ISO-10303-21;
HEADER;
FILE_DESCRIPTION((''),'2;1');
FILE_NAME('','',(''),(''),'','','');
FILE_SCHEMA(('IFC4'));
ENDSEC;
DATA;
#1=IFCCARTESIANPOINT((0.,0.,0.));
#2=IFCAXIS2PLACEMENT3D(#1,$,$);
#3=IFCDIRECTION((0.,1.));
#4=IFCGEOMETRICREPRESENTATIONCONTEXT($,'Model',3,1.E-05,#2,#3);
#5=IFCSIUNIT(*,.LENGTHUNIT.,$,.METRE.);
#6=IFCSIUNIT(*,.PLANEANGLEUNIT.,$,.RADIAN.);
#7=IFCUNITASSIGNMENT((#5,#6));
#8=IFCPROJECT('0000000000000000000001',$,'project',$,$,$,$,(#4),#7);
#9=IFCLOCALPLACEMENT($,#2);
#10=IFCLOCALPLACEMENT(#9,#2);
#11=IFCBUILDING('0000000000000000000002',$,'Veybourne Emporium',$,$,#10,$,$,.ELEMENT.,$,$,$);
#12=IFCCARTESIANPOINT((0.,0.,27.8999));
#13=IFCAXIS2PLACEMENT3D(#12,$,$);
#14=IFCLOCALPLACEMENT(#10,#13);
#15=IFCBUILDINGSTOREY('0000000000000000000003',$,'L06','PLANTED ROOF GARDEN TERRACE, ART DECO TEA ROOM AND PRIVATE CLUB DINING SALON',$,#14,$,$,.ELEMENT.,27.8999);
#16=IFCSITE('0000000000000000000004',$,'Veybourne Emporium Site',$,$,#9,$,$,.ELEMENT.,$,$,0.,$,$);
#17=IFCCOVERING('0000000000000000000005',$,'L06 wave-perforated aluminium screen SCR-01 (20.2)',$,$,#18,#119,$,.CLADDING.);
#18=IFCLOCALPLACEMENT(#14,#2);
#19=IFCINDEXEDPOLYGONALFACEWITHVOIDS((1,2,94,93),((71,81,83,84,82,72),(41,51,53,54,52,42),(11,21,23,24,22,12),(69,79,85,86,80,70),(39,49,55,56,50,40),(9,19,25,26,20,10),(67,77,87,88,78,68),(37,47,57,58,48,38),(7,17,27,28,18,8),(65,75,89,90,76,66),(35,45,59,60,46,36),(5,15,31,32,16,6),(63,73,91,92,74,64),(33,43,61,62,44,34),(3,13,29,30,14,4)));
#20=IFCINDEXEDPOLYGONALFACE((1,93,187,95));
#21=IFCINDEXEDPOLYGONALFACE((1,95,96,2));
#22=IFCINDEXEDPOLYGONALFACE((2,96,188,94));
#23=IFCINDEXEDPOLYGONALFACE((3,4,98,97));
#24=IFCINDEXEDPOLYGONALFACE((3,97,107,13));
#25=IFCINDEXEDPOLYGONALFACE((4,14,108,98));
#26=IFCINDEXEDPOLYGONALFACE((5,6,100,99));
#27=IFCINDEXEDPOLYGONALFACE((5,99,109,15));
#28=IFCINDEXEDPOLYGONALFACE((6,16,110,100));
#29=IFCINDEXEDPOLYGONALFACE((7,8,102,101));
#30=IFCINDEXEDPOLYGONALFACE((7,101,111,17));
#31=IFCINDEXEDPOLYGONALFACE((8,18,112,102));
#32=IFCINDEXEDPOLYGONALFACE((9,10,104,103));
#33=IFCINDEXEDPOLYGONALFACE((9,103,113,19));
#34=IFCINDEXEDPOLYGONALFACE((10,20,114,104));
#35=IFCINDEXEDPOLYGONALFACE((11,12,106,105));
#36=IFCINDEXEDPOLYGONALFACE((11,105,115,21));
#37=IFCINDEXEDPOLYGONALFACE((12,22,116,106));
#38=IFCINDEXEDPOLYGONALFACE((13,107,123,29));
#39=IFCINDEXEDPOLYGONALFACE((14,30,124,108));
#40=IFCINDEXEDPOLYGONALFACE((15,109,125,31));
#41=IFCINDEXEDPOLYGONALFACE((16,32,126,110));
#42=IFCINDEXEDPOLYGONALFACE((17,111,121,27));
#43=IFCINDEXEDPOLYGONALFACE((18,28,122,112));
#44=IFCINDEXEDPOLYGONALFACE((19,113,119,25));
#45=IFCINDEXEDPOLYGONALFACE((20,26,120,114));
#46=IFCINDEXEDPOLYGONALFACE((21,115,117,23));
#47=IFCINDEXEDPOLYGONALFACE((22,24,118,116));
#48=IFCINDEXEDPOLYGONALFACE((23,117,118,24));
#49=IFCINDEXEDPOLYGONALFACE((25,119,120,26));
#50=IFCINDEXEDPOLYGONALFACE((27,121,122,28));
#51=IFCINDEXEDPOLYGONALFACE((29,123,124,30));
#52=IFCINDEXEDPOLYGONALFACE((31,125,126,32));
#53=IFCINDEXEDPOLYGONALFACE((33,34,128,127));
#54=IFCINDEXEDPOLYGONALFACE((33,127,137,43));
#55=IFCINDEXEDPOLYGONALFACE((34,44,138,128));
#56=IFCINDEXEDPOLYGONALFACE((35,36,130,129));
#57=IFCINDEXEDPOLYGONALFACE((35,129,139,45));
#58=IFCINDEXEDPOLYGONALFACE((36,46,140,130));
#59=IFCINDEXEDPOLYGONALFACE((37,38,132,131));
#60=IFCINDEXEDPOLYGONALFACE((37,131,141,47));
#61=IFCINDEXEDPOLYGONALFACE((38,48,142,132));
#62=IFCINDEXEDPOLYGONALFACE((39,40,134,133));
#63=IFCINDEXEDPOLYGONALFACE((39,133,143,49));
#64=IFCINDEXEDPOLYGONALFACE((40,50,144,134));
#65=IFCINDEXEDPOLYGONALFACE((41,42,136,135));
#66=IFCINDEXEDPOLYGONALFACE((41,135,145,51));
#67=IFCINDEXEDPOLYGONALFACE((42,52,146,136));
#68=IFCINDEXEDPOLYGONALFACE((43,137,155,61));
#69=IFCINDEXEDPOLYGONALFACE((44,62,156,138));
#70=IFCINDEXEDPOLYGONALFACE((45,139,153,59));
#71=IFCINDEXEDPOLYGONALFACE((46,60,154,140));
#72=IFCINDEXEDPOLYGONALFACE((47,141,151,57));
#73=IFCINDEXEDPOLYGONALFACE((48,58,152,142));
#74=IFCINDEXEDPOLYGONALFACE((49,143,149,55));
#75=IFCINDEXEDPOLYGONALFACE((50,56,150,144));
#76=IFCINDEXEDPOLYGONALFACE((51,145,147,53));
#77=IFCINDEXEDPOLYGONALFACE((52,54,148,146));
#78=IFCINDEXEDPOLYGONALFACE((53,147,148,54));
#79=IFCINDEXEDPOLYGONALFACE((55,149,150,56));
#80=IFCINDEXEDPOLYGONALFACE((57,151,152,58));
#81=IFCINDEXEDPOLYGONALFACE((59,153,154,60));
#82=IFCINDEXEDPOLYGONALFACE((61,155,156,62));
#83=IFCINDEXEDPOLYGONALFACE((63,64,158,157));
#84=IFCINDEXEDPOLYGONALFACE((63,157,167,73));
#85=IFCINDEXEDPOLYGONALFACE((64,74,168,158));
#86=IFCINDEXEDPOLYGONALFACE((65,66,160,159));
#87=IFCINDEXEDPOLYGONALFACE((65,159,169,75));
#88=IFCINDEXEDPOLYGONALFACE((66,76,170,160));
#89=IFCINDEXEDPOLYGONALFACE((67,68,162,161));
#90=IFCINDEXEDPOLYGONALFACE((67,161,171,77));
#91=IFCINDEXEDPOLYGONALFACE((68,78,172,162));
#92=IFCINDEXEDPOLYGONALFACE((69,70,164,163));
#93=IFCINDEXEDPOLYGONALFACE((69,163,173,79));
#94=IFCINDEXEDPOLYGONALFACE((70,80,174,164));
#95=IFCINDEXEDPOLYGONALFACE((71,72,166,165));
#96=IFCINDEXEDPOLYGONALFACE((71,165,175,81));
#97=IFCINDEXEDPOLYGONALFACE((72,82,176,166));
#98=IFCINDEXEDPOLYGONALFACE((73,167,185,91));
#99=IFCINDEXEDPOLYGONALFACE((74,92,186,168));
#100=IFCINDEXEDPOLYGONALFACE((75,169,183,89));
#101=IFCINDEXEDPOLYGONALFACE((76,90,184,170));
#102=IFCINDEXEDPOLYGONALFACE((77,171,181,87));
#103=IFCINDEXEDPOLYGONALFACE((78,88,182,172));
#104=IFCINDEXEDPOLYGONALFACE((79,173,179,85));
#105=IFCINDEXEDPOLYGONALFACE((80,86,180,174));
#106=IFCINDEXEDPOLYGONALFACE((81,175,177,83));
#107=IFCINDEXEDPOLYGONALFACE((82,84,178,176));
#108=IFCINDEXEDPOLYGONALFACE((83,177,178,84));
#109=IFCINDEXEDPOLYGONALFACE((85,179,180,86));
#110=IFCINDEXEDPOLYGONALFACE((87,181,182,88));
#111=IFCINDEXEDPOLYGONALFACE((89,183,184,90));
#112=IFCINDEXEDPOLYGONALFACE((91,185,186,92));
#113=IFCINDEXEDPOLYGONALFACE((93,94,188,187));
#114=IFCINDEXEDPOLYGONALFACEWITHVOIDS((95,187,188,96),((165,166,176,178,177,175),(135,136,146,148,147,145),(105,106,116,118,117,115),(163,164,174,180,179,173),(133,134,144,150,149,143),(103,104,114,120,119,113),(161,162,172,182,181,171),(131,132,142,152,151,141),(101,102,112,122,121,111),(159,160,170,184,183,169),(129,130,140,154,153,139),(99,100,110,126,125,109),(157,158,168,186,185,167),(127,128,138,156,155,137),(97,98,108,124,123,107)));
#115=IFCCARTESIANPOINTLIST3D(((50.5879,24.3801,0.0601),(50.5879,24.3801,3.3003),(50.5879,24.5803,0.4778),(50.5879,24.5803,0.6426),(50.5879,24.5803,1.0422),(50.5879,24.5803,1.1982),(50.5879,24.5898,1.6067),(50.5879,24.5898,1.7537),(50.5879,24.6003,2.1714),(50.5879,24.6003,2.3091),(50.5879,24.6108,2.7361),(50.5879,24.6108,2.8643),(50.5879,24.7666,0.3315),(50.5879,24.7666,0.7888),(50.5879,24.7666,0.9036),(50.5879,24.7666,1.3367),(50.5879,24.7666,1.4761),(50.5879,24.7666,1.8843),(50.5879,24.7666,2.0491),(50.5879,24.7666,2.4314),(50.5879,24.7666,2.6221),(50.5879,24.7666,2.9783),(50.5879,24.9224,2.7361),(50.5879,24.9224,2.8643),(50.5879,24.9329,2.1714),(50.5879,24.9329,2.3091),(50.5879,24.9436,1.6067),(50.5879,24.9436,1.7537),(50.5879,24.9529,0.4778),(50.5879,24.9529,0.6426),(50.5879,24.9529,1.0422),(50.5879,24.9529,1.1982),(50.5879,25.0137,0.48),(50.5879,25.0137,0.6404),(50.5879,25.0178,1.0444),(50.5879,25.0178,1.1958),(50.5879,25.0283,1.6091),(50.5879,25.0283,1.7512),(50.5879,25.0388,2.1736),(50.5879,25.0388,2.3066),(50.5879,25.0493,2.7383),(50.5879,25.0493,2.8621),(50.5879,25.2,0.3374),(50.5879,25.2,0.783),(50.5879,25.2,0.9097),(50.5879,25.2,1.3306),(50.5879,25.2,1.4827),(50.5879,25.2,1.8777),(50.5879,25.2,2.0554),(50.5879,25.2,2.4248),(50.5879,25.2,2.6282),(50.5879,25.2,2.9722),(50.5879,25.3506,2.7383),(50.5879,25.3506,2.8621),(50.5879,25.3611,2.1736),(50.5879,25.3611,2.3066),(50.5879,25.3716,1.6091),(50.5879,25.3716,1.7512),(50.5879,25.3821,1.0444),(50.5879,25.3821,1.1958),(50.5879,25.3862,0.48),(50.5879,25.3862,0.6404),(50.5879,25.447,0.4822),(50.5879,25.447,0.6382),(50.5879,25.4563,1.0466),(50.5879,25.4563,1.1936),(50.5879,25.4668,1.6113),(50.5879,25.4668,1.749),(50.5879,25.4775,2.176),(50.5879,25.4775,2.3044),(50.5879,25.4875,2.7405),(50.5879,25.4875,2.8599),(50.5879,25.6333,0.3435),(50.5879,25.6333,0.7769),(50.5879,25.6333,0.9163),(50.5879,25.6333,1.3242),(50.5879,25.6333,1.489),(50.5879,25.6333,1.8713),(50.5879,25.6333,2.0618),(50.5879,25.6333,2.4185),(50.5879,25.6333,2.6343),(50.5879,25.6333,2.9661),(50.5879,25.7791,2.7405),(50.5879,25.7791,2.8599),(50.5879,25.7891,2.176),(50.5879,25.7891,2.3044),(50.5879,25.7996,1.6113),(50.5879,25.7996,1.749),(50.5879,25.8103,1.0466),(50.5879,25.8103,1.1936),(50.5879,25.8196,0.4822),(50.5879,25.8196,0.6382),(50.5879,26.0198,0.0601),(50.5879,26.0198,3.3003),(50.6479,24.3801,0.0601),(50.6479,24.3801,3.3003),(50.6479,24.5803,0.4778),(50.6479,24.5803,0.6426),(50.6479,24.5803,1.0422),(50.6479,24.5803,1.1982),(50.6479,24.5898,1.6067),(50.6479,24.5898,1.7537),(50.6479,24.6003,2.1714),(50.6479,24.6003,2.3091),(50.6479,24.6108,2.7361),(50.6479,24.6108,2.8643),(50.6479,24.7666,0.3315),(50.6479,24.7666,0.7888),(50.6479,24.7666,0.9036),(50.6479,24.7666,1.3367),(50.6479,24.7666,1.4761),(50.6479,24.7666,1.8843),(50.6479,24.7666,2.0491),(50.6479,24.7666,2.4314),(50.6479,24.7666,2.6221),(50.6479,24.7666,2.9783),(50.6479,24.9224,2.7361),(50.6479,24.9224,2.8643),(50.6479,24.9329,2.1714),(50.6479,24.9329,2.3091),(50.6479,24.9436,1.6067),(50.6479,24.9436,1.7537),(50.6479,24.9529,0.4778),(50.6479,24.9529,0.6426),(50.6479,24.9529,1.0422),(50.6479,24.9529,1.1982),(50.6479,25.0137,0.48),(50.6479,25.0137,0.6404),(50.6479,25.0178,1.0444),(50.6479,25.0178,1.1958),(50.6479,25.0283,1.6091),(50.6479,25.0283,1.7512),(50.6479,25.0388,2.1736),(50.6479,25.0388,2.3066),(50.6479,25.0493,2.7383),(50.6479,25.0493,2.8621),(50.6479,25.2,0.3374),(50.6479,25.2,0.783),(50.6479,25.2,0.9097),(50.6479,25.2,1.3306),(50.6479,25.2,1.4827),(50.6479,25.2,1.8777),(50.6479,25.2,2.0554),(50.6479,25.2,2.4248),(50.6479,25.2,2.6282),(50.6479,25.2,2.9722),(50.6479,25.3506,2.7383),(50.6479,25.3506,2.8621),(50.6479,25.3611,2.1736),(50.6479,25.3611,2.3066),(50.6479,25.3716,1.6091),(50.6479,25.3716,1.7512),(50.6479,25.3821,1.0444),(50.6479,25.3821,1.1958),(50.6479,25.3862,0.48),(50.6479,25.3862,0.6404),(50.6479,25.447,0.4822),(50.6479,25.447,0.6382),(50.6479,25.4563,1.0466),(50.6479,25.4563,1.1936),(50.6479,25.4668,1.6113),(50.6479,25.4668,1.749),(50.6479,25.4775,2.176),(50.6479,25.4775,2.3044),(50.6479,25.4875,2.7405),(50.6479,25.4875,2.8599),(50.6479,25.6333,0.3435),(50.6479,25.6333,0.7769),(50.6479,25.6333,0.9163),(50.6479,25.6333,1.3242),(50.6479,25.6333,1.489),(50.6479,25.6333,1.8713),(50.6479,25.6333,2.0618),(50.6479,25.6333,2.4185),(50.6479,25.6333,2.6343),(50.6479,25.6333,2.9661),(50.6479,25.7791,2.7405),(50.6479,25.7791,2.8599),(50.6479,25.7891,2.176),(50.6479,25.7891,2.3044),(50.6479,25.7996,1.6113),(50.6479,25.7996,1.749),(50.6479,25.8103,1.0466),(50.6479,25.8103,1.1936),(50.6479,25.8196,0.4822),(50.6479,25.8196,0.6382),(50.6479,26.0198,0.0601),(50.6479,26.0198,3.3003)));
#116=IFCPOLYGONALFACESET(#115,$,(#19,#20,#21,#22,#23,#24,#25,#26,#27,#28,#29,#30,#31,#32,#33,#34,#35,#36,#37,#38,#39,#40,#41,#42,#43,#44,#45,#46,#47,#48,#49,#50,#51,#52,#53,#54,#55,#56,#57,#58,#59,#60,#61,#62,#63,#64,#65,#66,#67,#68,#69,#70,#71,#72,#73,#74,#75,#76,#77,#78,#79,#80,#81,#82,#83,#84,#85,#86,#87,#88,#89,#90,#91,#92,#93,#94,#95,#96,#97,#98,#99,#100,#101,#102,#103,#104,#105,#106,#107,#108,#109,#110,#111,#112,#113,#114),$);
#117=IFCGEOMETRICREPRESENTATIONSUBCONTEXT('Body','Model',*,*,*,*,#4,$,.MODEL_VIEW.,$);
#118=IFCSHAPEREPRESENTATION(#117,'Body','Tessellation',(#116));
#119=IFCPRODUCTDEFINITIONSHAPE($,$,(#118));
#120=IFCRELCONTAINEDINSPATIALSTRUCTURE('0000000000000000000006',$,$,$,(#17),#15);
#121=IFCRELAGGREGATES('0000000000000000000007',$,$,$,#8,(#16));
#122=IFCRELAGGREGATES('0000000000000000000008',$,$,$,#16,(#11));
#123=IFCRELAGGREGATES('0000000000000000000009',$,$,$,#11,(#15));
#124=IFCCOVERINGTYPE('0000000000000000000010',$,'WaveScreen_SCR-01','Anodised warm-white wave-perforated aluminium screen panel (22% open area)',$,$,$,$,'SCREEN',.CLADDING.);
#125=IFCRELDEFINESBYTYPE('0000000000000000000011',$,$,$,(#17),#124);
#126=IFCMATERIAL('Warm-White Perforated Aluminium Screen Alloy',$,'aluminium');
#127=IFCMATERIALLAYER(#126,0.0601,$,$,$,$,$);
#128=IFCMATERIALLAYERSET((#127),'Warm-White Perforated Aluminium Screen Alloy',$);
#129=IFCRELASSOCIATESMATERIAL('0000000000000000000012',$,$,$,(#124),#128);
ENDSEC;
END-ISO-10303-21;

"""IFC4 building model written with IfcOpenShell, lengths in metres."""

from ifc_helpers import new_model, si_unit, direction, frame, origin, place, context, subcontext, project, spatial, polyline, outline, extrude, material, layer, layer_set, type_object, element, save


model = new_model("IFC4")

# Units and contexts
model_context = context("Model", 3, precision=1e-05, world=origin(), true_north=direction((0.0, 1.0)))
body_context = subcontext(model_context, "Body", "Model", "MODEL_VIEW")
ifc_project = project(units=[si_unit("LENGTHUNIT", "METRE"), si_unit("PLANEANGLEUNIT", "RADIAN")], contexts=[model_context])

# Site, building, storey
site_placement = place(None, origin())
site = spatial("IfcSite", under=ifc_project, at=site_placement, Name="Veybourne Emporium Site", CompositionType="ELEMENT", RefElevation=0.0)
building_placement = place(site_placement, origin())
building = spatial("IfcBuilding", under=site, at=building_placement, Name="Veybourne Emporium", CompositionType="ELEMENT")
storey_placement = place(building_placement, frame((0.0, 0.0, 27.8999)))
storey = spatial("IfcBuildingStorey", under=building, at=storey_placement, Name="L06", Description="PLANTED ROOF GARDEN TERRACE, ART DECO TEA ROOM AND PRIVATE CLUB DINING SALON", CompositionType="ELEMENT", Elevation=27.8999)

# Covering
ifc_material_1 = material(Name="Warm-White Perforated Aluminium Screen Alloy", Category="aluminium")
ifc_layer_1 = layer(ifc_material_1, 0.0601)
ifc_layer_set_1 = layer_set([ifc_layer_1], Name="Warm-White Perforated Aluminium Screen Alloy")
covering_type_1 = type_object("IfcCoveringType", Name="WaveScreen_SCR-01", Description="Anodised warm-white wave-perforated aluminium screen panel (22% open area)", ElementType="SCREEN", PredefinedType="CLADDING", material=ifc_layer_set_1)
covering_1_placement = place(storey_placement, frame((50.6479, 25.2, 1.6802), z_axis=(-1.0, 0.0, 0.0), x_axis=(0.0, -1.0, 0.0)))
element("IfcCovering", 1, at=covering_1_placement, inside=storey, type_object=covering_type_1, Name="L06 wave-perforated aluminium screen SCR-01 (20.2)", PredefinedType="CLADDING", context=body_context, shape_type="SweptSolid", body=[
    extrude(outline(polyline([(-0.8198, -1.6201), (0.8198, -1.6201), (0.8198, 1.6201), (-0.8198, 1.6201), (-0.8198, -1.6201)]), holes=[polyline([(-0.4333, -0.9033), (-0.2471, -1.042), (-0.2471, -1.198), (-0.4333, -1.3367), (-0.6196, -1.198), (-0.6196, -1.042), (-0.4333, -0.9033)]), polyline([(-0.4333, -0.356), (-0.2563, -0.4866), (-0.2563, -0.6335), (-0.4333, -0.7639), (-0.6104, -0.6335), (-0.6104, -0.4866), (-0.4333, -0.356)]), polyline([(-0.4333, 0.1912), (-0.2668, 0.0688), (-0.2668, -0.0688), (-0.4333, -0.1912), (-0.5996, -0.0688), (-0.5996, 0.0688), (-0.4333, 0.1912)]), polyline([(-0.4333, 0.7383), (-0.2776, 0.6243), (-0.2776, 0.4958), (-0.4333, 0.3816), (-0.5891, 0.4958), (-0.5891, 0.6243), (-0.4333, 0.7383)]), polyline([(-0.4333, 1.2859), (-0.2876, 1.1797), (-0.2876, 1.0603), (-0.4333, 0.9541), (-0.5791, 1.0603), (-0.5791, 1.1797), (-0.4333, 1.2859)]), polyline([(0.0, -0.8972), (0.1863, -1.0398), (0.1863, -1.2002), (0.0, -1.3428), (-0.1863, -1.2002), (-0.1863, -1.0398), (0.0, -0.8972)]), polyline([(0.0, -0.3496), (0.1821, -0.4844), (0.1821, -0.6357), (0.0, -0.7705), (-0.1821, -0.6357), (-0.1821, -0.4844), (0.0, -0.3496)]), polyline([(0.0, 0.1975), (0.1716, 0.071), (0.1716, -0.071), (0.0, -0.1975), (-0.1716, -0.071), (-0.1716, 0.071), (0.0, 0.1975)]), polyline([(0.0, 0.7446), (0.1611, 0.6265), (0.1611, 0.4934), (0.0, 0.3752), (-0.1611, 0.4934), (-0.1611, 0.6265), (0.0, 0.7446)]), polyline([(0.0, 1.292), (0.1506, 1.1819), (0.1506, 1.0581), (0.0, 0.948), (-0.1506, 1.0581), (-0.1506, 1.1819), (0.0, 1.292)]), polyline([(0.4333, -0.8914), (0.6196, -1.0376), (0.6196, -1.2024), (0.4333, -1.3486), (0.2471, -1.2024), (0.2471, -1.0376), (0.4333, -0.8914)]), polyline([(0.4333, -0.3435), (0.6196, -0.4819), (0.6196, -0.6379), (0.4333, -0.7766), (0.2471, -0.6379), (0.2471, -0.4819), (0.4333, -0.3435)]), polyline([(0.4333, 0.2041), (0.6101, 0.0735), (0.6101, -0.0735), (0.4333, -0.2041), (0.2563, -0.0735), (0.2563, 0.0735), (0.4333, 0.2041)]), polyline([(0.4333, 0.7512), (0.5996, 0.6289), (0.5996, 0.4912), (0.4333, 0.3689), (0.2671, 0.4912), (0.2671, 0.6289), (0.4333, 0.7512)]), polyline([(0.4333, 1.2981), (0.5891, 1.1841), (0.5891, 1.0559), (0.4333, 0.9419), (0.2776, 1.0559), (0.2776, 1.1841), (0.4333, 1.2981)])]), origin(), (0.0, 0.0, 1.0), 0.0601),
])

save(model, "model.ifc")
